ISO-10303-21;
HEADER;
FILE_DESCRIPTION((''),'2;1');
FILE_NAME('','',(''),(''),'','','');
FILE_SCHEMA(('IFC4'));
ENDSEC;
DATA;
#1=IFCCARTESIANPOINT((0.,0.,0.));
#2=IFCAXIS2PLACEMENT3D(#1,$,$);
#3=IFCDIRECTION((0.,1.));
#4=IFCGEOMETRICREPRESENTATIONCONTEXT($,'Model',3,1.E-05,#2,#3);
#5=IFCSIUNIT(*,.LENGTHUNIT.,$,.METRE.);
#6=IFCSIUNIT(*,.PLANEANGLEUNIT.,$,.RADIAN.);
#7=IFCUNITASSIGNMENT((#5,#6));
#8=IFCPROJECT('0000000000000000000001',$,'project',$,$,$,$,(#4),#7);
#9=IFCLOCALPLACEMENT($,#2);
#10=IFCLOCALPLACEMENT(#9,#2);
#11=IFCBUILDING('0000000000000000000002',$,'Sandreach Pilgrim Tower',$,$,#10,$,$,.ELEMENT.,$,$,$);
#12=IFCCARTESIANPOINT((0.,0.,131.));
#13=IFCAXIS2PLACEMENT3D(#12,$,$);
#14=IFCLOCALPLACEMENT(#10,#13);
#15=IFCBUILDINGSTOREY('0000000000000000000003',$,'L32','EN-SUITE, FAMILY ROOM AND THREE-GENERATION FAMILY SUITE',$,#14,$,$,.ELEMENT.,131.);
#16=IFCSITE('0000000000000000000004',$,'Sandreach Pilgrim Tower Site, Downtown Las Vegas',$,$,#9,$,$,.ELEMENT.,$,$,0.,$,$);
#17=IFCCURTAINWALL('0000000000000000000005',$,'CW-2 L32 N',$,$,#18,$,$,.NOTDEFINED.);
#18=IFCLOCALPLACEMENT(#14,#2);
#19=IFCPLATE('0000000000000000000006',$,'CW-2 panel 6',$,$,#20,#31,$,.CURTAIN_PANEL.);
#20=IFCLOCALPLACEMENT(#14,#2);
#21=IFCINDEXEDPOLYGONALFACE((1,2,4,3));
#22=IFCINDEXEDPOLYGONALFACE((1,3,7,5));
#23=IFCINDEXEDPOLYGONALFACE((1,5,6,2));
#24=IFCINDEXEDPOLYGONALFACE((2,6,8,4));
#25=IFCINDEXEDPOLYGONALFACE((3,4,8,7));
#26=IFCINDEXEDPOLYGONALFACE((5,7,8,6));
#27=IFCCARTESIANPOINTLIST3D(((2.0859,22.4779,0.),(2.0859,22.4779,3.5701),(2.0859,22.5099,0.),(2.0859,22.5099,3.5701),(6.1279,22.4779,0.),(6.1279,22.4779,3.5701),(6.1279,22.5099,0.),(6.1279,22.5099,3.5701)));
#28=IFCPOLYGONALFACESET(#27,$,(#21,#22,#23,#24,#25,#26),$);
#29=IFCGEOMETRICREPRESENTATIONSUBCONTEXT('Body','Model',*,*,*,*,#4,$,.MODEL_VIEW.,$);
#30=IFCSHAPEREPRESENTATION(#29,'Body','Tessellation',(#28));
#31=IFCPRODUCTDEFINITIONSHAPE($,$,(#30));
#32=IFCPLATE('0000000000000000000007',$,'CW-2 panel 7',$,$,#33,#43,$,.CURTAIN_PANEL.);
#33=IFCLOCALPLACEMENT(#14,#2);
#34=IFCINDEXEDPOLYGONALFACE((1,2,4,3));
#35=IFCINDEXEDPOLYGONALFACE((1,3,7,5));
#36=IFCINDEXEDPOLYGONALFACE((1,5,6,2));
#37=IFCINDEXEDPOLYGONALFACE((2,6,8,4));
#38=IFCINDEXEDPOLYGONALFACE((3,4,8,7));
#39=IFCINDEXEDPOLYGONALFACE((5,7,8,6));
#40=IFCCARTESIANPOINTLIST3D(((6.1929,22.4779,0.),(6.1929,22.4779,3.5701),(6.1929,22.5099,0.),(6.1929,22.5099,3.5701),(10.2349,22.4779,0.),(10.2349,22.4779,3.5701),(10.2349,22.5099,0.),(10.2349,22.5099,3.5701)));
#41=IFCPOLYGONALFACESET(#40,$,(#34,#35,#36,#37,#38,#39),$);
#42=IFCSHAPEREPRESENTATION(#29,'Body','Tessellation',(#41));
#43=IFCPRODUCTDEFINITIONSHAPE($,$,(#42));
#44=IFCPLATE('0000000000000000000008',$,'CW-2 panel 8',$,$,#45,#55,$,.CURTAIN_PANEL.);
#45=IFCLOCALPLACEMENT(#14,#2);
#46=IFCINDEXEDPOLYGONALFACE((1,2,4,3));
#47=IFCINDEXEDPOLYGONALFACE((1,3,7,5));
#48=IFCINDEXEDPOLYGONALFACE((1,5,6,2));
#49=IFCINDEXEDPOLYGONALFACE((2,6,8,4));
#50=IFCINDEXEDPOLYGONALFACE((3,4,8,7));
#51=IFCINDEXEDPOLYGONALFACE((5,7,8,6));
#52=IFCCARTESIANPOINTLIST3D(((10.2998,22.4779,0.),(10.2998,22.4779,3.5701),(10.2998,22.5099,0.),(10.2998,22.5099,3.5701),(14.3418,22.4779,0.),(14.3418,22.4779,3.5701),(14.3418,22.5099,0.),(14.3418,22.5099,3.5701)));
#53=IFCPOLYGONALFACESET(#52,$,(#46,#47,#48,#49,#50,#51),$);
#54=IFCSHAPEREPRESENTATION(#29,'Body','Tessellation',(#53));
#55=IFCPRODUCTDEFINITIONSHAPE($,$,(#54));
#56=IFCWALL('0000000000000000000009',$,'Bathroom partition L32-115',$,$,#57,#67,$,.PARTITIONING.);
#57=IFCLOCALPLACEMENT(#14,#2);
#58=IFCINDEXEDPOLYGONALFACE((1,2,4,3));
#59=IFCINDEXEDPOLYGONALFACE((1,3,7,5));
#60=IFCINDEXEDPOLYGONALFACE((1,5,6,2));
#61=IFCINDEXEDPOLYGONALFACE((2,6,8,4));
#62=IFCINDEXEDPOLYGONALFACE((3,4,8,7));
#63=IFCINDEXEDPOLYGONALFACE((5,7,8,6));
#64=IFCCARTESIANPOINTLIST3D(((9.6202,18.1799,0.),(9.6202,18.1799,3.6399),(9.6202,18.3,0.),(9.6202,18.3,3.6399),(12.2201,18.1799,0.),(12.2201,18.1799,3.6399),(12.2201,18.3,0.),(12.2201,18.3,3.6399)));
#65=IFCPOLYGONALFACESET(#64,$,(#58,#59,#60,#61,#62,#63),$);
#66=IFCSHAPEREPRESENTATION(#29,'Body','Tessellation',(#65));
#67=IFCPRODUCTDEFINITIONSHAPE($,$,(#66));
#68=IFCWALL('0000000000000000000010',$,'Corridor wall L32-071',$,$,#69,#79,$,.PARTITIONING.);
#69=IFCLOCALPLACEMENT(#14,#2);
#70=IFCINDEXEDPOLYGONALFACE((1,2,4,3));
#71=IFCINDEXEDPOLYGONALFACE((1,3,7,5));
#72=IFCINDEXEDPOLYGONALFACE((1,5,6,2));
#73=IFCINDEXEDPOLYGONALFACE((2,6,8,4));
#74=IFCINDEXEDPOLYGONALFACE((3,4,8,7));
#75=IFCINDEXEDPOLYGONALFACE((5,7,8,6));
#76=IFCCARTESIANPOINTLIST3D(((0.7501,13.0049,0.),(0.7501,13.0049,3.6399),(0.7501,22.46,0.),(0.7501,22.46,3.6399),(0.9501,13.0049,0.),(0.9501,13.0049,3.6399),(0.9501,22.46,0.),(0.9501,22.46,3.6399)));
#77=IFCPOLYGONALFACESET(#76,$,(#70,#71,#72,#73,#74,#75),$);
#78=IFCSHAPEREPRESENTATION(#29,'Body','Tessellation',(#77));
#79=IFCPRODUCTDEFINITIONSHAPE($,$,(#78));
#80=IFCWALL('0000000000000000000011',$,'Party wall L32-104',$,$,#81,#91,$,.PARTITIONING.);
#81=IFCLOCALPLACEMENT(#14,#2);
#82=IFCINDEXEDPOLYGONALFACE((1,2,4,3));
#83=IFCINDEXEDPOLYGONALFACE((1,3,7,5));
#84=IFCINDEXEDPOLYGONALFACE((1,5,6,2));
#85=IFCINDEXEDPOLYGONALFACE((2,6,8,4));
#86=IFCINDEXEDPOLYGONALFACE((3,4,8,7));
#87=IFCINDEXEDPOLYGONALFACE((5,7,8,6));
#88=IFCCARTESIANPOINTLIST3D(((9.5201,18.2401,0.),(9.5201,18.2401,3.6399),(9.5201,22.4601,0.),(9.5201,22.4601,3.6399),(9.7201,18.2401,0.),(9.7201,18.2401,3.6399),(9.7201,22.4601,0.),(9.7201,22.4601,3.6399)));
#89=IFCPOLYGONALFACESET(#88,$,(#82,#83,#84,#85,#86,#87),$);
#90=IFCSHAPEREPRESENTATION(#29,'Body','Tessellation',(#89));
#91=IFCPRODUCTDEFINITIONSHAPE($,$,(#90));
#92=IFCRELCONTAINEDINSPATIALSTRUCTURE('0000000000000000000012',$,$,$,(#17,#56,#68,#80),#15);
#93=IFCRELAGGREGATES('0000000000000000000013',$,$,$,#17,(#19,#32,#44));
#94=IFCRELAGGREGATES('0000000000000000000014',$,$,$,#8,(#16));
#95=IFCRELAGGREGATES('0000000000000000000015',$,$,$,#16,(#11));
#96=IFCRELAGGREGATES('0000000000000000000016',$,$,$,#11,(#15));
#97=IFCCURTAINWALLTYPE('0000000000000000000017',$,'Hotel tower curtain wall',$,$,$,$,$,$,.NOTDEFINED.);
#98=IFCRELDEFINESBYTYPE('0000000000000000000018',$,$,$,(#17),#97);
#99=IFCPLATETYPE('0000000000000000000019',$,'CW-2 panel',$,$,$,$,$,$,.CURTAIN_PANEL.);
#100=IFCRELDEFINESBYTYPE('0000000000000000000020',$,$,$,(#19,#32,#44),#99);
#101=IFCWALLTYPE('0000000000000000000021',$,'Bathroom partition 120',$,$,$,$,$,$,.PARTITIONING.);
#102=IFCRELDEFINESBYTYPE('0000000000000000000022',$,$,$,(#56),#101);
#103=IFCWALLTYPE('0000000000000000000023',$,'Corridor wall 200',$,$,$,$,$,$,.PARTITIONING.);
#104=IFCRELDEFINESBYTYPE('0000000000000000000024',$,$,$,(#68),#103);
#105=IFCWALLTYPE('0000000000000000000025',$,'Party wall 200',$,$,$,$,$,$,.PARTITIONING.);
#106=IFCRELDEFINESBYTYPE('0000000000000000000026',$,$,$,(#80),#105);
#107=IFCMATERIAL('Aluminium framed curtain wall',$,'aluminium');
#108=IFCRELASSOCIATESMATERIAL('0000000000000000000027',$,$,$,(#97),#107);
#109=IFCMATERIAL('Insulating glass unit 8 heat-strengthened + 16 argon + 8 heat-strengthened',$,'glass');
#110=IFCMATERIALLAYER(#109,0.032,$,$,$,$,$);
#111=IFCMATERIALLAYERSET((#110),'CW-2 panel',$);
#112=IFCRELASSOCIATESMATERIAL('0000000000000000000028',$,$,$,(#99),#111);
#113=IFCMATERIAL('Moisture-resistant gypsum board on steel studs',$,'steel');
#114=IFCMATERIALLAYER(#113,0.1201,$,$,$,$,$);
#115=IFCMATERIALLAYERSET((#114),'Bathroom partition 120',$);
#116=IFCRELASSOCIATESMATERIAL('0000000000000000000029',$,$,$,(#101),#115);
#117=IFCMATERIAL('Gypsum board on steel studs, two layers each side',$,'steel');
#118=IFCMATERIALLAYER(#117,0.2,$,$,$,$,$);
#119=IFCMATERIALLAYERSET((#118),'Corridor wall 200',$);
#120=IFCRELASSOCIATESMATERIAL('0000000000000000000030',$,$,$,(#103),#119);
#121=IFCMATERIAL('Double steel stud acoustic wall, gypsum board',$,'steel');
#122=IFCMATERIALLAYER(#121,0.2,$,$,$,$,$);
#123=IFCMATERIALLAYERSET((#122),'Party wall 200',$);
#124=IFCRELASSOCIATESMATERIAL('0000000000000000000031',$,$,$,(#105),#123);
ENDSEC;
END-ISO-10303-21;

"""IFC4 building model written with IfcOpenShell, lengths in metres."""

from ifc_helpers import new_model, si_unit, direction, frame, frame_2d, origin, origin_2d, place, context, subcontext, project, spatial, rectangle, extrude, material, layer, layer_set, type_object, element, aggregate, save


model = new_model("IFC4")

# Units and contexts
model_context = context("Model", 3, precision=1e-05, world=origin(), true_north=direction((0.0, 1.0)))
body_context = subcontext(model_context, "Body", "Model", "MODEL_VIEW")
ifc_project = project(units=[si_unit("LENGTHUNIT", "METRE"), si_unit("PLANEANGLEUNIT", "RADIAN")], contexts=[model_context])

# Site, building, storey
site_placement = place(None, origin())
site = spatial("IfcSite", under=ifc_project, at=site_placement, Name="Sandreach Pilgrim Tower Site, Downtown Las Vegas", CompositionType="ELEMENT", RefElevation=0.0)
building_placement = place(site_placement, origin())
building = spatial("IfcBuilding", under=site, at=building_placement, Name="Sandreach Pilgrim Tower", CompositionType="ELEMENT")
storey_placement = place(building_placement, frame((0.0, 0.0, 131.0)))
storey = spatial("IfcBuildingStorey", under=building, at=storey_placement, Name="L32", Description="EN-SUITE, FAMILY ROOM AND THREE-GENERATION FAMILY SUITE", CompositionType="ELEMENT", Elevation=131.0)

# Curtain wall
ifc_material_1 = material(Name="Aluminium framed curtain wall", Category="aluminium")
curtain_wall_type = type_object("IfcCurtainWallType", Name="Hotel tower curtain wall", PredefinedType="NOTDEFINED", material=ifc_material_1)
curtain_wall_placement = place(storey_placement, origin())
curtain_wall = element("IfcCurtainWall", 1, at=curtain_wall_placement, inside=storey, type_object=curtain_wall_type, Name="CW-2 L32 N", PredefinedType="NOTDEFINED")

# Plates
ifc_material_2 = material(Name="Insulating glass unit 8 heat-strengthened + 16 argon + 8 heat-strengthened", Category="glass")
ifc_layer_1 = layer(ifc_material_2, 0.032)
ifc_layer_set_1 = layer_set([ifc_layer_1], Name="CW-2 panel")
plate_type = type_object("IfcPlateType", Name="CW-2 panel", PredefinedType="CURTAIN_PANEL", material=ifc_layer_set_1)
plate_1_placement = place(storey_placement, frame((4.1069, 22.4939, 0.0), z_axis=(0.0, 0.0, 1.0), x_axis=(1.0, 0.0, 0.0)))
plate_1 = element("IfcPlate", 2, at=plate_1_placement, type_object=plate_type, Name="CW-2 panel 6", PredefinedType="CURTAIN_PANEL", context=body_context, shape_type="SweptSolid", body=[
    extrude(rectangle(XDim=4.042, YDim=0.032, at=origin_2d()), origin(), (0.0, 0.0, 1.0), 3.5701),
])
plate_2_placement = place(storey_placement, frame((8.2139, 22.4939, 0.0), z_axis=(0.0, 0.0, 1.0), x_axis=(1.0, 0.0, 0.0)))
plate_2 = element("IfcPlate", 3, at=plate_2_placement, type_object=plate_type, Name="CW-2 panel 7", PredefinedType="CURTAIN_PANEL", context=body_context, shape_type="SweptSolid", body=[
    extrude(rectangle(XDim=4.042, YDim=0.032, at=origin_2d()), origin(), (0.0, 0.0, 1.0), 3.5701),
])
plate_3_placement = place(storey_placement, frame((12.3208, 22.4939, 0.0), z_axis=(0.0, 0.0, 1.0), x_axis=(1.0, 0.0, 0.0)))
plate_3 = element("IfcPlate", 4, at=plate_3_placement, type_object=plate_type, Name="CW-2 panel 8", PredefinedType="CURTAIN_PANEL", context=body_context, shape_type="SweptSolid", body=[
    extrude(rectangle(XDim=4.042, YDim=0.032, at=origin_2d()), origin(), (0.0, 0.0, 1.0), 3.5701),
])
aggregate(curtain_wall, [plate_1, plate_2, plate_3])

# Walls
ifc_material_3 = material(Name="Moisture-resistant gypsum board on steel studs", Category="steel")
ifc_layer_2 = layer(ifc_material_3, 0.1201)
ifc_layer_set_2 = layer_set([ifc_layer_2], Name="Bathroom partition 120")
wall_type_1 = type_object("IfcWallType", Name="Bathroom partition 120", PredefinedType="PARTITIONING", material=ifc_layer_set_2)
wall_1_placement = place(storey_placement, frame((12.22, 18.24, 0.0), z_axis=(0.0, 0.0, 1.0), x_axis=(-1.0, 0.0, 0.0)))
element("IfcWall", 5, at=wall_1_placement, inside=storey, type_object=wall_type_1, Name="Bathroom partition L32-115", PredefinedType="PARTITIONING", context=body_context, shape_type="SweptSolid", body=[
    extrude(rectangle(XDim=2.5999, YDim=0.1201, at=frame_2d((1.2998, 0.0))), origin(), (0.0, 0.0, 1.0), 3.6399),
])
ifc_material_4 = material(Name="Gypsum board on steel studs, two layers each side", Category="steel")
ifc_layer_3 = layer(ifc_material_4, 0.2)
ifc_layer_set_3 = layer_set([ifc_layer_3], Name="Corridor wall 200")
wall_type_2 = type_object("IfcWallType", Name="Corridor wall 200", PredefinedType="PARTITIONING", material=ifc_layer_set_3)
wall_2_placement = place(storey_placement, frame((0.8501, 22.46, 0.0), z_axis=(0.0, 0.0, 1.0), x_axis=(0.0, -1.0, 0.0)))
element("IfcWall", 6, at=wall_2_placement, inside=storey, type_object=wall_type_2, Name="Corridor wall L32-071", PredefinedType="PARTITIONING", context=body_context, shape_type="SweptSolid", body=[
    extrude(rectangle(XDim=9.4551, YDim=0.2, at=frame_2d((4.7275, 0.0))), origin(), (0.0, 0.0, 1.0), 3.6399),
])
ifc_material_5 = material(Name="Double steel stud acoustic wall, gypsum board", Category="steel")
ifc_layer_4 = layer(ifc_material_5, 0.2)
ifc_layer_set_4 = layer_set([ifc_layer_4], Name="Party wall 200")
wall_type_3 = type_object("IfcWallType", Name="Party wall 200", PredefinedType="PARTITIONING", material=ifc_layer_set_4)
wall_3_placement = place(storey_placement, frame((9.6201, 22.46, 0.0), z_axis=(0.0, 0.0, 1.0), x_axis=(0.0, -1.0, 0.0)))
element("IfcWall", 7, at=wall_3_placement, inside=storey, type_object=wall_type_3, Name="Party wall L32-104", PredefinedType="PARTITIONING", context=body_context, shape_type="SweptSolid", body=[
    extrude(rectangle(XDim=4.22, YDim=0.2, at=frame_2d((2.1099, 0.0))), origin(), (0.0, 0.0, 1.0), 3.6399),
])

save(model, "model.ifc")
